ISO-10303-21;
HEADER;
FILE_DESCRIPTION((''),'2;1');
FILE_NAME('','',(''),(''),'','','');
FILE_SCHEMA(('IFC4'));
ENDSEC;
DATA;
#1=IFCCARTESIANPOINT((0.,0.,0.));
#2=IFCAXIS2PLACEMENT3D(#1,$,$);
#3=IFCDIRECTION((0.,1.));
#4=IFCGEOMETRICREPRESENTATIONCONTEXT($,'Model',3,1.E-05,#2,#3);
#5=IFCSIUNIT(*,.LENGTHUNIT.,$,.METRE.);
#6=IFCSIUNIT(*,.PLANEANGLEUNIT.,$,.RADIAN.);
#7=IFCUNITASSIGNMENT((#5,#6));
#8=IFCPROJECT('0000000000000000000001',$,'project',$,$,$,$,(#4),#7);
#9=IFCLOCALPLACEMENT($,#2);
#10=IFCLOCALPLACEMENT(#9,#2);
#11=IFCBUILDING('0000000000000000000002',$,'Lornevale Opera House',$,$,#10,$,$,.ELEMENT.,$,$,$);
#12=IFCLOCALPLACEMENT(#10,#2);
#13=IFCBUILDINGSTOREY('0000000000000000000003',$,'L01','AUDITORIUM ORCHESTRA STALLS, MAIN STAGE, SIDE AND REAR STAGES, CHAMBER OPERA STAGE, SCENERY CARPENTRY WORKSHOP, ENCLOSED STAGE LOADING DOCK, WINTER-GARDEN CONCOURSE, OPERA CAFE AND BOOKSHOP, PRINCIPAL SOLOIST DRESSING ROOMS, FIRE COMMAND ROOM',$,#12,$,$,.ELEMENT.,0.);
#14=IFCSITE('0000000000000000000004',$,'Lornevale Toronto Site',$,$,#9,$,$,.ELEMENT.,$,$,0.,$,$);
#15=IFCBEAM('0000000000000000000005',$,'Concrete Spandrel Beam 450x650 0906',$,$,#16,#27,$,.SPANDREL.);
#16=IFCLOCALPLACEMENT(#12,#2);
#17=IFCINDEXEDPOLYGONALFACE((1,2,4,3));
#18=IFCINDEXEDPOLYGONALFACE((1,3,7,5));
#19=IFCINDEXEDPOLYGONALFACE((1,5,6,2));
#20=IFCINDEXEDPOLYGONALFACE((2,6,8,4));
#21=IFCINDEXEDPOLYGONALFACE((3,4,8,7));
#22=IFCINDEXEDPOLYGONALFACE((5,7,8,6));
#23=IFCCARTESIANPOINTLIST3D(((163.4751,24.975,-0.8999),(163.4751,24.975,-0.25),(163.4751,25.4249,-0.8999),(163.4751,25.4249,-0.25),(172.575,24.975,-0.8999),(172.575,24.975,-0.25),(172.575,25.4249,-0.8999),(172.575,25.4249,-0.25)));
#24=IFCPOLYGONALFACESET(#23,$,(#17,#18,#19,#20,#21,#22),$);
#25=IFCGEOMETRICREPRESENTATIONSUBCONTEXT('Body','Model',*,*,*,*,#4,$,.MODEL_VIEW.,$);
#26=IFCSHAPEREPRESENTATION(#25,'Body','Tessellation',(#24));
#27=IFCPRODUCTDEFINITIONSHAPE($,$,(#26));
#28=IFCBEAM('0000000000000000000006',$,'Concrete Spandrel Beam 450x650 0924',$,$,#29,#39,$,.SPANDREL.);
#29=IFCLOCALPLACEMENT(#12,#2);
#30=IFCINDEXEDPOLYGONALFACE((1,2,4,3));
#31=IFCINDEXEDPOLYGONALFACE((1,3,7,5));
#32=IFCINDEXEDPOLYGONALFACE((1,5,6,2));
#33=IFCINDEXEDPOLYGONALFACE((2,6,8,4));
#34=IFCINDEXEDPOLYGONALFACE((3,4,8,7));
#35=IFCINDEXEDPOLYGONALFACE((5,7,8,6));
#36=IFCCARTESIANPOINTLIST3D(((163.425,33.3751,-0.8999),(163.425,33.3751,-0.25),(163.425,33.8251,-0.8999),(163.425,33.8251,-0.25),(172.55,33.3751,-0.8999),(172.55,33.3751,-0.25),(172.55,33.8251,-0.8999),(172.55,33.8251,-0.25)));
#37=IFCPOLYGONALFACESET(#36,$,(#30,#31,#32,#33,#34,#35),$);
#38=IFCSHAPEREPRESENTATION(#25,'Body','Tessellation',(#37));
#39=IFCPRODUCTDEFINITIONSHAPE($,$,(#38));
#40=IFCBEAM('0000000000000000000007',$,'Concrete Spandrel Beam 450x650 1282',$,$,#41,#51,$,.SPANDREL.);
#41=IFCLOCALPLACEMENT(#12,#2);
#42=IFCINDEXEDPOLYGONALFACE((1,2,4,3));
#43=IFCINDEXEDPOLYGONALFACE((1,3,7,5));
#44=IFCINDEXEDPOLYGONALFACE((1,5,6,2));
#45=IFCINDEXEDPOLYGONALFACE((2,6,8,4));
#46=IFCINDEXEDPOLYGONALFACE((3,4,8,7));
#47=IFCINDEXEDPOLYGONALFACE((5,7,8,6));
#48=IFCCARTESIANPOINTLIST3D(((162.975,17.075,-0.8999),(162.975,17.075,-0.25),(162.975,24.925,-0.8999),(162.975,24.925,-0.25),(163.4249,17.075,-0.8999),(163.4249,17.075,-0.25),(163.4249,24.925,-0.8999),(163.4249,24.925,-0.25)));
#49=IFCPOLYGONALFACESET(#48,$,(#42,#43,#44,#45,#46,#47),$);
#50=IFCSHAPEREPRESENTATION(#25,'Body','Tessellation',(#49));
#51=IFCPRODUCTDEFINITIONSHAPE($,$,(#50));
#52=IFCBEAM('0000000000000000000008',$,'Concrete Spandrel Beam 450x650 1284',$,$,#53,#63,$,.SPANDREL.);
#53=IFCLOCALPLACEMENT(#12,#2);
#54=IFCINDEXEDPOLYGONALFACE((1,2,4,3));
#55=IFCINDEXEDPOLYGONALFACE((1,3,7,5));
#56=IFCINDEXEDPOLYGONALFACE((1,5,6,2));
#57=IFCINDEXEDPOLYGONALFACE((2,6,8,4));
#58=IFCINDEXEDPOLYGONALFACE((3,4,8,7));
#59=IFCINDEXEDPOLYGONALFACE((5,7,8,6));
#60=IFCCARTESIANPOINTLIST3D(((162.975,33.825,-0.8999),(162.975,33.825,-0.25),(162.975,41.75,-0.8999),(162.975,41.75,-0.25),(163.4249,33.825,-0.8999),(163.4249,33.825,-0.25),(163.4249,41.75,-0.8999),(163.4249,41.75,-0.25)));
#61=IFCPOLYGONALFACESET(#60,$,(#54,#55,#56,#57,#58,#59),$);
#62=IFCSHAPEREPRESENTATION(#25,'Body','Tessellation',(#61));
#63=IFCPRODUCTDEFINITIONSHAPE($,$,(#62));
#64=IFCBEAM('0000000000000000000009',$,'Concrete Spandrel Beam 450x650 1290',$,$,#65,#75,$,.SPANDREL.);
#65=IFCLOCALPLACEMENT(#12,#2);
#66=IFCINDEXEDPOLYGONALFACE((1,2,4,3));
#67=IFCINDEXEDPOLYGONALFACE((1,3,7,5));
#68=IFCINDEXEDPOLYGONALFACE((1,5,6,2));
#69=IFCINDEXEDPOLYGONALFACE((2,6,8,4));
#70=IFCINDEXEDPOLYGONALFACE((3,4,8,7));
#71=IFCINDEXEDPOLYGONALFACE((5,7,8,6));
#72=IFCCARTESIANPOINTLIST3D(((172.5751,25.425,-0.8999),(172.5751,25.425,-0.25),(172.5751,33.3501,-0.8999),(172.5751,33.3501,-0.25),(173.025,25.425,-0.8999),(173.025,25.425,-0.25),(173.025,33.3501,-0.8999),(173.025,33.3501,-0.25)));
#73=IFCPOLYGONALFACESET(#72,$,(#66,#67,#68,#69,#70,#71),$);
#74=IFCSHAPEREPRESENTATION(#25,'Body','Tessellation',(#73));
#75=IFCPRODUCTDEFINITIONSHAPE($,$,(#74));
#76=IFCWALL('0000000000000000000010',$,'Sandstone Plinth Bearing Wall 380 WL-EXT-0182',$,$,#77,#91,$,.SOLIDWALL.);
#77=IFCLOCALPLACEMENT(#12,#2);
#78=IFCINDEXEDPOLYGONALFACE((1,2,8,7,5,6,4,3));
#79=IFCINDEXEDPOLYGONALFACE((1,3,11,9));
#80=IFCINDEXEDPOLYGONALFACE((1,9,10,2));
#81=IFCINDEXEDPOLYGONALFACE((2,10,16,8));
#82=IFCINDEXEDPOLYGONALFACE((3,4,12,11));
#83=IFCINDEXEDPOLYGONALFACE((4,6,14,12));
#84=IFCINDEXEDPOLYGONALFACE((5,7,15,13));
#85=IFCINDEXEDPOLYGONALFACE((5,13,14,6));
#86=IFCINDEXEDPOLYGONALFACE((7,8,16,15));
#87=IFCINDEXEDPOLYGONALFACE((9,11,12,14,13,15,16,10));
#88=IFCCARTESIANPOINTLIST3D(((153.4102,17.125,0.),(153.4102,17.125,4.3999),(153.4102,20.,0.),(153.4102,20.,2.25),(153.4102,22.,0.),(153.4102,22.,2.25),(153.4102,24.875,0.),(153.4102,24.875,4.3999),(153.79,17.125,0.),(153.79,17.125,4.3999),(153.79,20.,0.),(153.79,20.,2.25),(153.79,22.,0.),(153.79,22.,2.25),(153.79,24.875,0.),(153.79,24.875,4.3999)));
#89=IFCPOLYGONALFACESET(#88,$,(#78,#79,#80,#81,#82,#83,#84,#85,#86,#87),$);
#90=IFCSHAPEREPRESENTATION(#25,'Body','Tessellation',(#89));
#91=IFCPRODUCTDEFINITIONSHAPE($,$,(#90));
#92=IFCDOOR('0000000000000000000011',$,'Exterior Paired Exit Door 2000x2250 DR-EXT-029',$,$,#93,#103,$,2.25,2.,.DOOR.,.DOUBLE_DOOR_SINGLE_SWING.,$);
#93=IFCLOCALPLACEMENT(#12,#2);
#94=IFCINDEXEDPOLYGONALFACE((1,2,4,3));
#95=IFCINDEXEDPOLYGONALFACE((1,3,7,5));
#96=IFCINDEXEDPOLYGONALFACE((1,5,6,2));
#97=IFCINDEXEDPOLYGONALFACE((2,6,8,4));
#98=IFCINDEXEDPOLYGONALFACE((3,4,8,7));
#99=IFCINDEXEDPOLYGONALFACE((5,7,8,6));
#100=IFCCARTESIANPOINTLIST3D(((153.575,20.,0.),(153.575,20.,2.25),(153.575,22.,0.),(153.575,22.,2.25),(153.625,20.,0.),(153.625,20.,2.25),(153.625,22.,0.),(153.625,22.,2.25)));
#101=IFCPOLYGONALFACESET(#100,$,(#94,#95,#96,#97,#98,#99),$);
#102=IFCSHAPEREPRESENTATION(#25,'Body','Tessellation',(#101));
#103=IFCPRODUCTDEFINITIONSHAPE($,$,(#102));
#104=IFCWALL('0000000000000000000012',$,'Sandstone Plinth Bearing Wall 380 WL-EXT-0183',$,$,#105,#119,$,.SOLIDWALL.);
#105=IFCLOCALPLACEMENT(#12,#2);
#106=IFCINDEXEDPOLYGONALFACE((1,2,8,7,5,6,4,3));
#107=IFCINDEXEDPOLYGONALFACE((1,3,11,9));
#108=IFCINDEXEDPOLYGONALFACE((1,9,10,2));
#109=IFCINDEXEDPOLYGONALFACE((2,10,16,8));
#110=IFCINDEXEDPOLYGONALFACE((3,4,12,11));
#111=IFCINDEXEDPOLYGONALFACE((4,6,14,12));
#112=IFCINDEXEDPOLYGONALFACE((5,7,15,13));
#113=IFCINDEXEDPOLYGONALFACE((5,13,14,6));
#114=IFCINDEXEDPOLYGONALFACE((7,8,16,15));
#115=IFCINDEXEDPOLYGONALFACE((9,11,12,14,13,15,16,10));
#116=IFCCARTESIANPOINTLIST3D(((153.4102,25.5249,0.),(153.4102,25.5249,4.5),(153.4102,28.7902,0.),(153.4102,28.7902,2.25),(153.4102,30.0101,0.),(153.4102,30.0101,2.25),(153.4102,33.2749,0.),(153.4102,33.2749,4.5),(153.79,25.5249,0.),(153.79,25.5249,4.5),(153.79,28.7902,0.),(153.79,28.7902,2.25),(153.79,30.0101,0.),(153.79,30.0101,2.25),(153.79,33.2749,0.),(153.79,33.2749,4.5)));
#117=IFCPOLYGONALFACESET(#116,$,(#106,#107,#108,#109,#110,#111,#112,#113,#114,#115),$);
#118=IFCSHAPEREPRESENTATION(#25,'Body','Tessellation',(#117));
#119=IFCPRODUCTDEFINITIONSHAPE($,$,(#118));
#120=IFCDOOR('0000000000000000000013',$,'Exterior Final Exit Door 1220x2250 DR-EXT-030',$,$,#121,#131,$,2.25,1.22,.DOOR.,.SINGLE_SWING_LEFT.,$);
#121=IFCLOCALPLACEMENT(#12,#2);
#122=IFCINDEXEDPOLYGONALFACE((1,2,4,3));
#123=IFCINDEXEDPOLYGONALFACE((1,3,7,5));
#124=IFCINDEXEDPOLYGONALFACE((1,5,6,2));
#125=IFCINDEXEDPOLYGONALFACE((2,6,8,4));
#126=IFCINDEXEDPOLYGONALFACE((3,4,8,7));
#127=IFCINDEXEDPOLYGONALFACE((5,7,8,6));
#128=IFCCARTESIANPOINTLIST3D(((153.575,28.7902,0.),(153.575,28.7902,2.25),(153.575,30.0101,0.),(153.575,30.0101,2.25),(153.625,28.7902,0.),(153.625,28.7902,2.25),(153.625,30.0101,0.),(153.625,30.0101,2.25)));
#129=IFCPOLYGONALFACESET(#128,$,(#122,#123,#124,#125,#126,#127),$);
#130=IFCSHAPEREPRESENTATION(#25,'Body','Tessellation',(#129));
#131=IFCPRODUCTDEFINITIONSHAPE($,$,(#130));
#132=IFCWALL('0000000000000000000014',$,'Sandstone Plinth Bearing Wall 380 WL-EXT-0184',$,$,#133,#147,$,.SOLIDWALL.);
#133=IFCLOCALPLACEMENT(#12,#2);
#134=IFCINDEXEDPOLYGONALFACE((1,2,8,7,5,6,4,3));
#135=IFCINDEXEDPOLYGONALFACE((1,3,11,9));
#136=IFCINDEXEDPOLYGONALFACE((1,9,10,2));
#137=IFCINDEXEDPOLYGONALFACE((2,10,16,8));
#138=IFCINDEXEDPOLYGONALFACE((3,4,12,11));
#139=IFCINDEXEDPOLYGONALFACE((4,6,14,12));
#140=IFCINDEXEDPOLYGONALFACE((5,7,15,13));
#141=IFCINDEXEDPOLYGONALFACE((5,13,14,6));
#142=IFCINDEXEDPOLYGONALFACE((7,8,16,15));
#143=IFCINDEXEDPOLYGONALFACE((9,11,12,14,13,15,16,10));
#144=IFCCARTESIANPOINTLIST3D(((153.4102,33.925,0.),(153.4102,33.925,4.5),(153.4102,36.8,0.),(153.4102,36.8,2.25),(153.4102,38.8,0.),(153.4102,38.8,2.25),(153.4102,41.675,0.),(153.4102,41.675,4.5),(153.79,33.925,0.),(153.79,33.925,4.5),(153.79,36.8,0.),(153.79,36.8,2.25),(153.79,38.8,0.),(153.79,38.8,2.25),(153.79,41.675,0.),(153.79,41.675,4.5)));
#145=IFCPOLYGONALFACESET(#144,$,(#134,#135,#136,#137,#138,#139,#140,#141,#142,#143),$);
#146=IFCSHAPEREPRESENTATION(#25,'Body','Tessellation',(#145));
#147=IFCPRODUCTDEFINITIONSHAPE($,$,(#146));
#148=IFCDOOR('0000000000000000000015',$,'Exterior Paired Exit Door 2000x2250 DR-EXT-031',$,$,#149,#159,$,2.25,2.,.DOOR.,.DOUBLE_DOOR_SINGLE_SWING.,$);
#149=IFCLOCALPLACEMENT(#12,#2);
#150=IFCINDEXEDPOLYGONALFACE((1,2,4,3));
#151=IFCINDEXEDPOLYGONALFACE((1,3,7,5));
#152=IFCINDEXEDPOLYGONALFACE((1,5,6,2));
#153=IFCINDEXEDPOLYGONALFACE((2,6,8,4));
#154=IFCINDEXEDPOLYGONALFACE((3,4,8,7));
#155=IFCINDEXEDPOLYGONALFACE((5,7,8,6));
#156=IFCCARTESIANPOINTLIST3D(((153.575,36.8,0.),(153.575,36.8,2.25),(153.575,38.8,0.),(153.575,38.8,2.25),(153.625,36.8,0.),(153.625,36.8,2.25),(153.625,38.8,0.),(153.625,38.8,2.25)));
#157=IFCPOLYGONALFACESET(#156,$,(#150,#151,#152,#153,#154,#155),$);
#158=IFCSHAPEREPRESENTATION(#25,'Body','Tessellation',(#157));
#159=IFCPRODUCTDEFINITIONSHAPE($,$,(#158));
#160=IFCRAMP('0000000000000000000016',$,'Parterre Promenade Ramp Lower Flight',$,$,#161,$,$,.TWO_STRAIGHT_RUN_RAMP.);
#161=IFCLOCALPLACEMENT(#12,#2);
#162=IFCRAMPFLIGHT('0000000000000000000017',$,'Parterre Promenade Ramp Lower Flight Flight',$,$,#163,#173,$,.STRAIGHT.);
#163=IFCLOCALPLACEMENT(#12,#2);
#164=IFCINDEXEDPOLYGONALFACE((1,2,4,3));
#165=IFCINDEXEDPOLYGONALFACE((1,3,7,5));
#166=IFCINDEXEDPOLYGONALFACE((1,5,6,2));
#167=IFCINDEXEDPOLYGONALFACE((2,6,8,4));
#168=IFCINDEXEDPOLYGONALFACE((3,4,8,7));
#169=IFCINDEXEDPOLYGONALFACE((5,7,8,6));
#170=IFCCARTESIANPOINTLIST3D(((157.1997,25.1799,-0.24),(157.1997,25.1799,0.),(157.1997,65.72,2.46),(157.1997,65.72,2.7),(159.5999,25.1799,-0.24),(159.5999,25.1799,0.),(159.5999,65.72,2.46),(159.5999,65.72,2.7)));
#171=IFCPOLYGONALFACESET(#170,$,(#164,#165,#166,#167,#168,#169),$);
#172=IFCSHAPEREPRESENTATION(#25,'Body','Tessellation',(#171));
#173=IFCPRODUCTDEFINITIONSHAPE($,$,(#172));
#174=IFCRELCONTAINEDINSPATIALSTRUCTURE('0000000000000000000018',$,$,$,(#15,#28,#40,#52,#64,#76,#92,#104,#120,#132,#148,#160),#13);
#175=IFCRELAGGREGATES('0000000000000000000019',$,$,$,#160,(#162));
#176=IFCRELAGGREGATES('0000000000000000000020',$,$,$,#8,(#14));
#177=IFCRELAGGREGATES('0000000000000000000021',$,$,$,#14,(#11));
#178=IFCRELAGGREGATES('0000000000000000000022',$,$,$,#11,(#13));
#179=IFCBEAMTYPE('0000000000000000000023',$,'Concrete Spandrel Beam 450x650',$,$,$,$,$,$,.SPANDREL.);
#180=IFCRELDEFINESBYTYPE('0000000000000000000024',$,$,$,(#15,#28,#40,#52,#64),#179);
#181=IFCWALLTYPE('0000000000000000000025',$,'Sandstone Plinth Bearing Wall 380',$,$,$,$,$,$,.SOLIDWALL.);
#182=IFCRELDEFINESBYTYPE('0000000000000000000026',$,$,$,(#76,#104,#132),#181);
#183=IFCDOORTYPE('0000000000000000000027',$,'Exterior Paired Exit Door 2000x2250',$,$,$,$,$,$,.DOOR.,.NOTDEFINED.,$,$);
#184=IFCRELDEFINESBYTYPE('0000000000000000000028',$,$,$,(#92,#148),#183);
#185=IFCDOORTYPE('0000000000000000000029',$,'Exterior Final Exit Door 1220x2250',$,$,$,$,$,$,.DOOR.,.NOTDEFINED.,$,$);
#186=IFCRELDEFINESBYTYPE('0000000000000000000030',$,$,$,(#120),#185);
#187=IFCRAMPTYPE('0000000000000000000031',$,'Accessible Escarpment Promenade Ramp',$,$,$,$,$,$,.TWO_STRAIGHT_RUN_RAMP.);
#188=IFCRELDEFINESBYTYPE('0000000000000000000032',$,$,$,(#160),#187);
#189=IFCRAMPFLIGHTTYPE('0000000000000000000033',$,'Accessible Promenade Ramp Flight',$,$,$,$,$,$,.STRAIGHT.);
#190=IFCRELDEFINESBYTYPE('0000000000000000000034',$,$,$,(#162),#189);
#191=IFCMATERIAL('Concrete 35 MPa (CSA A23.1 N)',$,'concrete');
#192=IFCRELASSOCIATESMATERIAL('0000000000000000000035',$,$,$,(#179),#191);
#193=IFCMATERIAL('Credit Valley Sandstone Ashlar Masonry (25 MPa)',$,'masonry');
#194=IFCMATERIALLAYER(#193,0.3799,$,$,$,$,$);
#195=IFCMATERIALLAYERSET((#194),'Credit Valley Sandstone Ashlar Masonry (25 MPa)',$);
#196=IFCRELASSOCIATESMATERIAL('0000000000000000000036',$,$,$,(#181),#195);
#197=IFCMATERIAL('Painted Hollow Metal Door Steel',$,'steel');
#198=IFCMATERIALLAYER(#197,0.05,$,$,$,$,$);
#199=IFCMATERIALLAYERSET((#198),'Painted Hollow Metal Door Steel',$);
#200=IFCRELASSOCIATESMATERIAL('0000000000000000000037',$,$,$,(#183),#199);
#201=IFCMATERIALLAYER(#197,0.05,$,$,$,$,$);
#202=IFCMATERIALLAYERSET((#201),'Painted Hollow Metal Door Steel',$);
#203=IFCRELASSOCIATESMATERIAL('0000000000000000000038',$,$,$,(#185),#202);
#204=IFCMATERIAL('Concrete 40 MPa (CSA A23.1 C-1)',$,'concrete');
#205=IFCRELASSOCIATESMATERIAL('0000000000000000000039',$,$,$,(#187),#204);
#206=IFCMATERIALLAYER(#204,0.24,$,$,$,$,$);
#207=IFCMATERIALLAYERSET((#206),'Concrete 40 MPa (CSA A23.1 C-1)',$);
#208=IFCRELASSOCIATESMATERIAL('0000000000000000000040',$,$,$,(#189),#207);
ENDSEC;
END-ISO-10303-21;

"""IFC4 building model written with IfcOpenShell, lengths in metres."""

from ifc_helpers import new_model, si_unit, direction, frame, frame_2d, origin, origin_2d, place, context, subcontext, project, spatial, polyline, rectangle, outline, extrude, material, layer, layer_set, material_profile, profile_set, type_object, element, fill, aggregate, save


model = new_model("IFC4")

# Units and contexts
model_context = context("Model", 3, precision=1e-05, world=origin(), true_north=direction((0.0, 1.0)))
body_context = subcontext(model_context, "Body", "Model", "MODEL_VIEW")
ifc_project = project(units=[si_unit("LENGTHUNIT", "METRE"), si_unit("PLANEANGLEUNIT", "RADIAN")], contexts=[model_context])

# Site, building, storey
site_placement = place(None, origin())
site = spatial("IfcSite", under=ifc_project, at=site_placement, Name="Lornevale Toronto Site", CompositionType="ELEMENT", RefElevation=0.0)
building_placement = place(site_placement, origin())
building = spatial("IfcBuilding", under=site, at=building_placement, Name="Lornevale Opera House", CompositionType="ELEMENT")
storey_placement = place(building_placement, origin())
storey = spatial("IfcBuildingStorey", under=building, at=storey_placement, Name="L01", Description="AUDITORIUM ORCHESTRA STALLS, MAIN STAGE, SIDE AND REAR STAGES, CHAMBER OPERA STAGE, SCENERY CARPENTRY WORKSHOP, ENCLOSED STAGE LOADING DOCK, WINTER-GARDEN CONCOURSE, OPERA CAFE AND BOOKSHOP, PRINCIPAL SOLOIST DRESSING ROOMS, FIRE COMMAND ROOM", CompositionType="ELEMENT", Elevation=0.0)

# Shared definitions
ifc_material_1 = material(Name="Concrete 35 MPa (CSA A23.1 N)", Category="concrete")
ifc_material_2 = material(Name="Concrete 40 MPa (CSA A23.1 C-1)", Category="concrete")

# Beams
ifc_material_profile_1 = material_profile(ifc_material_1, rectangle(XDim=0.45, YDim=0.6499, at=origin_2d()), Name="RC450x650")
ifc_profile_set_1 = profile_set([ifc_material_profile_1], Name="Concrete 35 MPa (CSA A23.1 N)")
beam_type_1 = type_object("IfcBeamType", Name="Concrete Spandrel Beam 450x650", PredefinedType="SPANDREL", material=ifc_profile_set_1)
beam_1_placement = place(storey_placement, frame((163.4751, 25.2, -0.575), z_axis=(1.0, 0.0, 0.0), x_axis=(0.0, 1.0, 0.0)))
element("IfcBeam", 1, at=beam_1_placement, inside=storey, type_object=beam_type_1, Name="Concrete Spandrel Beam 450x650 0906", PredefinedType="SPANDREL", context=body_context, shape_type="SweptSolid", body=[
    extrude(rectangle(XDim=0.45, YDim=0.6499, at=origin_2d()), origin(), (0.0, 0.0, 1.0), 9.0999),
])
beam_2_placement = place(storey_placement, frame((163.425, 33.6001, -0.575), z_axis=(1.0, 0.0, 0.0), x_axis=(0.0, 1.0, 0.0)))
element("IfcBeam", 2, at=beam_2_placement, inside=storey, type_object=beam_type_1, Name="Concrete Spandrel Beam 450x650 0924", PredefinedType="SPANDREL", context=body_context, shape_type="SweptSolid", body=[
    extrude(rectangle(XDim=0.45, YDim=0.6499, at=origin_2d()), origin(), (0.0, 0.0, 1.0), 9.125),
])
beam_3_placement = place(storey_placement, frame((163.2, 17.075, -0.575), z_axis=(0.0, 1.0, 0.0), x_axis=(-1.0, 0.0, 0.0)))
element("IfcBeam", 3, at=beam_3_placement, inside=storey, type_object=beam_type_1, Name="Concrete Spandrel Beam 450x650 1282", PredefinedType="SPANDREL", context=body_context, shape_type="SweptSolid", body=[
    extrude(rectangle(XDim=0.45, YDim=0.6499, at=origin_2d()), origin(), (0.0, 0.0, 1.0), 7.8501),
])
for number, where, z_axis, x_axis, name in (
    (4, (163.2, 33.825, -0.575), (0.0, 1.0, 0.0), (-1.0, 0.0, 0.0), "Concrete Spandrel Beam 450x650 1284"),
    (5, (172.8, 25.425, -0.575), (0.0, 1.0, 0.0), (-1.0, 0.0, 0.0), "Concrete Spandrel Beam 450x650 1290"),
):
    element("IfcBeam", number, at=place(storey_placement, frame(where, z_axis=z_axis, x_axis=x_axis)), inside=storey, type_object=beam_type_1, Name=name, PredefinedType="SPANDREL", context=body_context, shape_type="SweptSolid", body=[
        extrude(rectangle(XDim=0.45, YDim=0.6499, at=origin_2d()), origin(), (0.0, 0.0, 1.0), 7.925),
    ])

# Walls, openings, doors
ifc_material_3 = material(Name="Credit Valley Sandstone Ashlar Masonry (25 MPa)", Category="masonry")
ifc_layer_1 = layer(ifc_material_3, 0.3799)
ifc_layer_set_1 = layer_set([ifc_layer_1], Name="Credit Valley Sandstone Ashlar Masonry (25 MPa)")
wall_type = type_object("IfcWallType", Name="Sandstone Plinth Bearing Wall 380", PredefinedType="SOLIDWALL", material=ifc_layer_set_1)
wall_1_placement = place(storey_placement, frame((153.6001, 24.875, 0.0), z_axis=(0.0, 0.0, 1.0), x_axis=(0.0, -1.0, 0.0)))
wall_1 = element("IfcWall", 6, at=wall_1_placement, inside=storey, type_object=wall_type, Name="Sandstone Plinth Bearing Wall 380 WL-EXT-0182", PredefinedType="SOLIDWALL", context=body_context, shape_type="SweptSolid", body=[
    extrude(rectangle(XDim=7.75, YDim=0.3799, at=frame_2d((3.875, 0.0))), origin(), (0.0, 0.0, 1.0), 4.3999),
])
opening_1_placement = place(wall_1_placement, frame((2.875, 0.0, 0.0)))
opening_1 = element("IfcOpeningElement", 7, at=opening_1_placement, cuts=wall_1, PredefinedType="OPENING", context=body_context, shape_type="SweptSolid", body=[
    extrude(rectangle(XDim=2.0, YDim=2.25, at=frame_2d((1.0, 1.125))), frame((0.0, 0.2, 0.0), z_axis=(0.0, -1.0, 0.0), x_axis=(1.0, 0.0, 0.0)), (0.0, 0.0, 1.0), 0.3999),
])
ifc_material_4 = material(Name="Painted Hollow Metal Door Steel", Category="steel")
ifc_layer_2 = layer(ifc_material_4, 0.05)
ifc_layer_set_2 = layer_set([ifc_layer_2], Name="Painted Hollow Metal Door Steel")
door_type_1 = type_object("IfcDoorType", Name="Exterior Paired Exit Door 2000x2250", OperationType="NOTDEFINED", PredefinedType="DOOR", material=ifc_layer_set_2)
door_1_placement = place(opening_1_placement, origin())
door_1 = element("IfcDoor", 8, at=door_1_placement, inside=storey, type_object=door_type_1, Name="Exterior Paired Exit Door 2000x2250 DR-EXT-029", OperationType="DOUBLE_DOOR_SINGLE_SWING", OverallHeight=2.25, OverallWidth=2.0, PredefinedType="DOOR", context=body_context, shape_type="SweptSolid", body=[
    extrude(rectangle(XDim=2.0, YDim=2.25, at=frame_2d((1.0, 1.125))), frame((0.0, 0.0249, 0.0), z_axis=(0.0, -1.0, 0.0), x_axis=(1.0, 0.0, 0.0)), (0.0, 0.0, 1.0), 0.05),
])
fill(opening_1, door_1)
wall_2_placement = place(storey_placement, frame((153.6001, 33.2749, 0.0), z_axis=(0.0, 0.0, 1.0), x_axis=(0.0, -1.0, 0.0)))
wall_2 = element("IfcWall", 9, at=wall_2_placement, inside=storey, type_object=wall_type, Name="Sandstone Plinth Bearing Wall 380 WL-EXT-0183", PredefinedType="SOLIDWALL", context=body_context, shape_type="SweptSolid", body=[
    extrude(rectangle(XDim=7.75, YDim=0.3799, at=frame_2d((3.875, 0.0))), origin(), (0.0, 0.0, 1.0), 4.5),
])
opening_2_placement = place(wall_2_placement, frame((3.2649, 0.0, 0.0)))
opening_2 = element("IfcOpeningElement", 10, at=opening_2_placement, cuts=wall_2, PredefinedType="OPENING", context=body_context, shape_type="SweptSolid", body=[
    extrude(rectangle(XDim=1.22, YDim=2.25, at=frame_2d((0.6099, 1.125))), frame((0.0, 0.2, 0.0), z_axis=(0.0, -1.0, 0.0), x_axis=(1.0, 0.0, 0.0)), (0.0, 0.0, 1.0), 0.3999),
])
ifc_layer_3 = layer(ifc_material_4, 0.05)
ifc_layer_set_3 = layer_set([ifc_layer_3], Name="Painted Hollow Metal Door Steel")
door_type_2 = type_object("IfcDoorType", Name="Exterior Final Exit Door 1220x2250", OperationType="NOTDEFINED", PredefinedType="DOOR", material=ifc_layer_set_3)
door_2_placement = place(opening_2_placement, origin())
door_2 = element("IfcDoor", 11, at=door_2_placement, inside=storey, type_object=door_type_2, Name="Exterior Final Exit Door 1220x2250 DR-EXT-030", OperationType="SINGLE_SWING_LEFT", OverallHeight=2.25, OverallWidth=1.22, PredefinedType="DOOR", context=body_context, shape_type="SweptSolid", body=[
    extrude(rectangle(XDim=1.22, YDim=2.25, at=frame_2d((0.6099, 1.125))), frame((0.0, 0.0249, 0.0), z_axis=(0.0, -1.0, 0.0), x_axis=(1.0, 0.0, 0.0)), (0.0, 0.0, 1.0), 0.05),
])
fill(opening_2, door_2)
wall_3_placement = place(storey_placement, frame((153.6001, 41.675, 0.0), z_axis=(0.0, 0.0, 1.0), x_axis=(0.0, -1.0, 0.0)))
wall_3 = element("IfcWall", 12, at=wall_3_placement, inside=storey, type_object=wall_type, Name="Sandstone Plinth Bearing Wall 380 WL-EXT-0184", PredefinedType="SOLIDWALL", context=body_context, shape_type="SweptSolid", body=[
    extrude(rectangle(XDim=7.75, YDim=0.3799, at=frame_2d((3.875, 0.0))), origin(), (0.0, 0.0, 1.0), 4.5),
])
opening_3_placement = place(wall_3_placement, frame((2.875, 0.0, 0.0)))
opening_3 = element("IfcOpeningElement", 13, at=opening_3_placement, cuts=wall_3, PredefinedType="OPENING", context=body_context, shape_type="SweptSolid", body=[
    extrude(rectangle(XDim=2.0, YDim=2.25, at=frame_2d((1.0, 1.125))), frame((0.0, 0.2, 0.0), z_axis=(0.0, -1.0, 0.0), x_axis=(1.0, 0.0, 0.0)), (0.0, 0.0, 1.0), 0.3999),
])
door_3_placement = place(opening_3_placement, origin())
door_3 = element("IfcDoor", 14, at=door_3_placement, inside=storey, type_object=door_type_1, Name="Exterior Paired Exit Door 2000x2250 DR-EXT-031", OperationType="DOUBLE_DOOR_SINGLE_SWING", OverallHeight=2.25, OverallWidth=2.0, PredefinedType="DOOR", context=body_context, shape_type="SweptSolid", body=[
    extrude(rectangle(XDim=2.0, YDim=2.25, at=frame_2d((1.0, 1.125))), frame((0.0, 0.0249, 0.0), z_axis=(0.0, -1.0, 0.0), x_axis=(1.0, 0.0, 0.0)), (0.0, 0.0, 1.0), 0.05),
])
fill(opening_3, door_3)

# Ramp, ramp flight
ramp_type = type_object("IfcRampType", Name="Accessible Escarpment Promenade Ramp", PredefinedType="TWO_STRAIGHT_RUN_RAMP", material=ifc_material_2)
ramp_placement = place(storey_placement, origin())
ramp = element("IfcRamp", 15, at=ramp_placement, inside=storey, type_object=ramp_type, Name="Parterre Promenade Ramp Lower Flight", PredefinedType="TWO_STRAIGHT_RUN_RAMP")
ifc_layer_4 = layer(ifc_material_2, 0.24)
ifc_layer_set_4 = layer_set([ifc_layer_4], Name="Concrete 40 MPa (CSA A23.1 C-1)")
ramp_flight_type = type_object("IfcRampFlightType", Name="Accessible Promenade Ramp Flight", PredefinedType="STRAIGHT", material=ifc_layer_set_4)
ramp_flight_placement = place(storey_placement, frame((158.3999, 25.1799, 0.0), z_axis=(0.0, 0.0, 1.0), x_axis=(0.0, 1.0, 0.0)))
ramp_flight = element("IfcRampFlight", 16, at=ramp_flight_placement, type_object=ramp_flight_type, Name="Parterre Promenade Ramp Lower Flight Flight", PredefinedType="STRAIGHT", context=body_context, shape_type="SweptSolid", body=[
    extrude(outline(polyline([(0.0, 0.0), (40.54, 2.7), (40.54, 2.46), (0.0, -0.24), (0.0, 0.0)])), frame((0.0, 1.2002, 0.0), z_axis=(0.0, -1.0, 0.0), x_axis=(1.0, 0.0, 0.0)), (0.0, 0.0, 1.0), 2.4001),
])
aggregate(ramp, [ramp_flight])

save(model, "model.ifc")
